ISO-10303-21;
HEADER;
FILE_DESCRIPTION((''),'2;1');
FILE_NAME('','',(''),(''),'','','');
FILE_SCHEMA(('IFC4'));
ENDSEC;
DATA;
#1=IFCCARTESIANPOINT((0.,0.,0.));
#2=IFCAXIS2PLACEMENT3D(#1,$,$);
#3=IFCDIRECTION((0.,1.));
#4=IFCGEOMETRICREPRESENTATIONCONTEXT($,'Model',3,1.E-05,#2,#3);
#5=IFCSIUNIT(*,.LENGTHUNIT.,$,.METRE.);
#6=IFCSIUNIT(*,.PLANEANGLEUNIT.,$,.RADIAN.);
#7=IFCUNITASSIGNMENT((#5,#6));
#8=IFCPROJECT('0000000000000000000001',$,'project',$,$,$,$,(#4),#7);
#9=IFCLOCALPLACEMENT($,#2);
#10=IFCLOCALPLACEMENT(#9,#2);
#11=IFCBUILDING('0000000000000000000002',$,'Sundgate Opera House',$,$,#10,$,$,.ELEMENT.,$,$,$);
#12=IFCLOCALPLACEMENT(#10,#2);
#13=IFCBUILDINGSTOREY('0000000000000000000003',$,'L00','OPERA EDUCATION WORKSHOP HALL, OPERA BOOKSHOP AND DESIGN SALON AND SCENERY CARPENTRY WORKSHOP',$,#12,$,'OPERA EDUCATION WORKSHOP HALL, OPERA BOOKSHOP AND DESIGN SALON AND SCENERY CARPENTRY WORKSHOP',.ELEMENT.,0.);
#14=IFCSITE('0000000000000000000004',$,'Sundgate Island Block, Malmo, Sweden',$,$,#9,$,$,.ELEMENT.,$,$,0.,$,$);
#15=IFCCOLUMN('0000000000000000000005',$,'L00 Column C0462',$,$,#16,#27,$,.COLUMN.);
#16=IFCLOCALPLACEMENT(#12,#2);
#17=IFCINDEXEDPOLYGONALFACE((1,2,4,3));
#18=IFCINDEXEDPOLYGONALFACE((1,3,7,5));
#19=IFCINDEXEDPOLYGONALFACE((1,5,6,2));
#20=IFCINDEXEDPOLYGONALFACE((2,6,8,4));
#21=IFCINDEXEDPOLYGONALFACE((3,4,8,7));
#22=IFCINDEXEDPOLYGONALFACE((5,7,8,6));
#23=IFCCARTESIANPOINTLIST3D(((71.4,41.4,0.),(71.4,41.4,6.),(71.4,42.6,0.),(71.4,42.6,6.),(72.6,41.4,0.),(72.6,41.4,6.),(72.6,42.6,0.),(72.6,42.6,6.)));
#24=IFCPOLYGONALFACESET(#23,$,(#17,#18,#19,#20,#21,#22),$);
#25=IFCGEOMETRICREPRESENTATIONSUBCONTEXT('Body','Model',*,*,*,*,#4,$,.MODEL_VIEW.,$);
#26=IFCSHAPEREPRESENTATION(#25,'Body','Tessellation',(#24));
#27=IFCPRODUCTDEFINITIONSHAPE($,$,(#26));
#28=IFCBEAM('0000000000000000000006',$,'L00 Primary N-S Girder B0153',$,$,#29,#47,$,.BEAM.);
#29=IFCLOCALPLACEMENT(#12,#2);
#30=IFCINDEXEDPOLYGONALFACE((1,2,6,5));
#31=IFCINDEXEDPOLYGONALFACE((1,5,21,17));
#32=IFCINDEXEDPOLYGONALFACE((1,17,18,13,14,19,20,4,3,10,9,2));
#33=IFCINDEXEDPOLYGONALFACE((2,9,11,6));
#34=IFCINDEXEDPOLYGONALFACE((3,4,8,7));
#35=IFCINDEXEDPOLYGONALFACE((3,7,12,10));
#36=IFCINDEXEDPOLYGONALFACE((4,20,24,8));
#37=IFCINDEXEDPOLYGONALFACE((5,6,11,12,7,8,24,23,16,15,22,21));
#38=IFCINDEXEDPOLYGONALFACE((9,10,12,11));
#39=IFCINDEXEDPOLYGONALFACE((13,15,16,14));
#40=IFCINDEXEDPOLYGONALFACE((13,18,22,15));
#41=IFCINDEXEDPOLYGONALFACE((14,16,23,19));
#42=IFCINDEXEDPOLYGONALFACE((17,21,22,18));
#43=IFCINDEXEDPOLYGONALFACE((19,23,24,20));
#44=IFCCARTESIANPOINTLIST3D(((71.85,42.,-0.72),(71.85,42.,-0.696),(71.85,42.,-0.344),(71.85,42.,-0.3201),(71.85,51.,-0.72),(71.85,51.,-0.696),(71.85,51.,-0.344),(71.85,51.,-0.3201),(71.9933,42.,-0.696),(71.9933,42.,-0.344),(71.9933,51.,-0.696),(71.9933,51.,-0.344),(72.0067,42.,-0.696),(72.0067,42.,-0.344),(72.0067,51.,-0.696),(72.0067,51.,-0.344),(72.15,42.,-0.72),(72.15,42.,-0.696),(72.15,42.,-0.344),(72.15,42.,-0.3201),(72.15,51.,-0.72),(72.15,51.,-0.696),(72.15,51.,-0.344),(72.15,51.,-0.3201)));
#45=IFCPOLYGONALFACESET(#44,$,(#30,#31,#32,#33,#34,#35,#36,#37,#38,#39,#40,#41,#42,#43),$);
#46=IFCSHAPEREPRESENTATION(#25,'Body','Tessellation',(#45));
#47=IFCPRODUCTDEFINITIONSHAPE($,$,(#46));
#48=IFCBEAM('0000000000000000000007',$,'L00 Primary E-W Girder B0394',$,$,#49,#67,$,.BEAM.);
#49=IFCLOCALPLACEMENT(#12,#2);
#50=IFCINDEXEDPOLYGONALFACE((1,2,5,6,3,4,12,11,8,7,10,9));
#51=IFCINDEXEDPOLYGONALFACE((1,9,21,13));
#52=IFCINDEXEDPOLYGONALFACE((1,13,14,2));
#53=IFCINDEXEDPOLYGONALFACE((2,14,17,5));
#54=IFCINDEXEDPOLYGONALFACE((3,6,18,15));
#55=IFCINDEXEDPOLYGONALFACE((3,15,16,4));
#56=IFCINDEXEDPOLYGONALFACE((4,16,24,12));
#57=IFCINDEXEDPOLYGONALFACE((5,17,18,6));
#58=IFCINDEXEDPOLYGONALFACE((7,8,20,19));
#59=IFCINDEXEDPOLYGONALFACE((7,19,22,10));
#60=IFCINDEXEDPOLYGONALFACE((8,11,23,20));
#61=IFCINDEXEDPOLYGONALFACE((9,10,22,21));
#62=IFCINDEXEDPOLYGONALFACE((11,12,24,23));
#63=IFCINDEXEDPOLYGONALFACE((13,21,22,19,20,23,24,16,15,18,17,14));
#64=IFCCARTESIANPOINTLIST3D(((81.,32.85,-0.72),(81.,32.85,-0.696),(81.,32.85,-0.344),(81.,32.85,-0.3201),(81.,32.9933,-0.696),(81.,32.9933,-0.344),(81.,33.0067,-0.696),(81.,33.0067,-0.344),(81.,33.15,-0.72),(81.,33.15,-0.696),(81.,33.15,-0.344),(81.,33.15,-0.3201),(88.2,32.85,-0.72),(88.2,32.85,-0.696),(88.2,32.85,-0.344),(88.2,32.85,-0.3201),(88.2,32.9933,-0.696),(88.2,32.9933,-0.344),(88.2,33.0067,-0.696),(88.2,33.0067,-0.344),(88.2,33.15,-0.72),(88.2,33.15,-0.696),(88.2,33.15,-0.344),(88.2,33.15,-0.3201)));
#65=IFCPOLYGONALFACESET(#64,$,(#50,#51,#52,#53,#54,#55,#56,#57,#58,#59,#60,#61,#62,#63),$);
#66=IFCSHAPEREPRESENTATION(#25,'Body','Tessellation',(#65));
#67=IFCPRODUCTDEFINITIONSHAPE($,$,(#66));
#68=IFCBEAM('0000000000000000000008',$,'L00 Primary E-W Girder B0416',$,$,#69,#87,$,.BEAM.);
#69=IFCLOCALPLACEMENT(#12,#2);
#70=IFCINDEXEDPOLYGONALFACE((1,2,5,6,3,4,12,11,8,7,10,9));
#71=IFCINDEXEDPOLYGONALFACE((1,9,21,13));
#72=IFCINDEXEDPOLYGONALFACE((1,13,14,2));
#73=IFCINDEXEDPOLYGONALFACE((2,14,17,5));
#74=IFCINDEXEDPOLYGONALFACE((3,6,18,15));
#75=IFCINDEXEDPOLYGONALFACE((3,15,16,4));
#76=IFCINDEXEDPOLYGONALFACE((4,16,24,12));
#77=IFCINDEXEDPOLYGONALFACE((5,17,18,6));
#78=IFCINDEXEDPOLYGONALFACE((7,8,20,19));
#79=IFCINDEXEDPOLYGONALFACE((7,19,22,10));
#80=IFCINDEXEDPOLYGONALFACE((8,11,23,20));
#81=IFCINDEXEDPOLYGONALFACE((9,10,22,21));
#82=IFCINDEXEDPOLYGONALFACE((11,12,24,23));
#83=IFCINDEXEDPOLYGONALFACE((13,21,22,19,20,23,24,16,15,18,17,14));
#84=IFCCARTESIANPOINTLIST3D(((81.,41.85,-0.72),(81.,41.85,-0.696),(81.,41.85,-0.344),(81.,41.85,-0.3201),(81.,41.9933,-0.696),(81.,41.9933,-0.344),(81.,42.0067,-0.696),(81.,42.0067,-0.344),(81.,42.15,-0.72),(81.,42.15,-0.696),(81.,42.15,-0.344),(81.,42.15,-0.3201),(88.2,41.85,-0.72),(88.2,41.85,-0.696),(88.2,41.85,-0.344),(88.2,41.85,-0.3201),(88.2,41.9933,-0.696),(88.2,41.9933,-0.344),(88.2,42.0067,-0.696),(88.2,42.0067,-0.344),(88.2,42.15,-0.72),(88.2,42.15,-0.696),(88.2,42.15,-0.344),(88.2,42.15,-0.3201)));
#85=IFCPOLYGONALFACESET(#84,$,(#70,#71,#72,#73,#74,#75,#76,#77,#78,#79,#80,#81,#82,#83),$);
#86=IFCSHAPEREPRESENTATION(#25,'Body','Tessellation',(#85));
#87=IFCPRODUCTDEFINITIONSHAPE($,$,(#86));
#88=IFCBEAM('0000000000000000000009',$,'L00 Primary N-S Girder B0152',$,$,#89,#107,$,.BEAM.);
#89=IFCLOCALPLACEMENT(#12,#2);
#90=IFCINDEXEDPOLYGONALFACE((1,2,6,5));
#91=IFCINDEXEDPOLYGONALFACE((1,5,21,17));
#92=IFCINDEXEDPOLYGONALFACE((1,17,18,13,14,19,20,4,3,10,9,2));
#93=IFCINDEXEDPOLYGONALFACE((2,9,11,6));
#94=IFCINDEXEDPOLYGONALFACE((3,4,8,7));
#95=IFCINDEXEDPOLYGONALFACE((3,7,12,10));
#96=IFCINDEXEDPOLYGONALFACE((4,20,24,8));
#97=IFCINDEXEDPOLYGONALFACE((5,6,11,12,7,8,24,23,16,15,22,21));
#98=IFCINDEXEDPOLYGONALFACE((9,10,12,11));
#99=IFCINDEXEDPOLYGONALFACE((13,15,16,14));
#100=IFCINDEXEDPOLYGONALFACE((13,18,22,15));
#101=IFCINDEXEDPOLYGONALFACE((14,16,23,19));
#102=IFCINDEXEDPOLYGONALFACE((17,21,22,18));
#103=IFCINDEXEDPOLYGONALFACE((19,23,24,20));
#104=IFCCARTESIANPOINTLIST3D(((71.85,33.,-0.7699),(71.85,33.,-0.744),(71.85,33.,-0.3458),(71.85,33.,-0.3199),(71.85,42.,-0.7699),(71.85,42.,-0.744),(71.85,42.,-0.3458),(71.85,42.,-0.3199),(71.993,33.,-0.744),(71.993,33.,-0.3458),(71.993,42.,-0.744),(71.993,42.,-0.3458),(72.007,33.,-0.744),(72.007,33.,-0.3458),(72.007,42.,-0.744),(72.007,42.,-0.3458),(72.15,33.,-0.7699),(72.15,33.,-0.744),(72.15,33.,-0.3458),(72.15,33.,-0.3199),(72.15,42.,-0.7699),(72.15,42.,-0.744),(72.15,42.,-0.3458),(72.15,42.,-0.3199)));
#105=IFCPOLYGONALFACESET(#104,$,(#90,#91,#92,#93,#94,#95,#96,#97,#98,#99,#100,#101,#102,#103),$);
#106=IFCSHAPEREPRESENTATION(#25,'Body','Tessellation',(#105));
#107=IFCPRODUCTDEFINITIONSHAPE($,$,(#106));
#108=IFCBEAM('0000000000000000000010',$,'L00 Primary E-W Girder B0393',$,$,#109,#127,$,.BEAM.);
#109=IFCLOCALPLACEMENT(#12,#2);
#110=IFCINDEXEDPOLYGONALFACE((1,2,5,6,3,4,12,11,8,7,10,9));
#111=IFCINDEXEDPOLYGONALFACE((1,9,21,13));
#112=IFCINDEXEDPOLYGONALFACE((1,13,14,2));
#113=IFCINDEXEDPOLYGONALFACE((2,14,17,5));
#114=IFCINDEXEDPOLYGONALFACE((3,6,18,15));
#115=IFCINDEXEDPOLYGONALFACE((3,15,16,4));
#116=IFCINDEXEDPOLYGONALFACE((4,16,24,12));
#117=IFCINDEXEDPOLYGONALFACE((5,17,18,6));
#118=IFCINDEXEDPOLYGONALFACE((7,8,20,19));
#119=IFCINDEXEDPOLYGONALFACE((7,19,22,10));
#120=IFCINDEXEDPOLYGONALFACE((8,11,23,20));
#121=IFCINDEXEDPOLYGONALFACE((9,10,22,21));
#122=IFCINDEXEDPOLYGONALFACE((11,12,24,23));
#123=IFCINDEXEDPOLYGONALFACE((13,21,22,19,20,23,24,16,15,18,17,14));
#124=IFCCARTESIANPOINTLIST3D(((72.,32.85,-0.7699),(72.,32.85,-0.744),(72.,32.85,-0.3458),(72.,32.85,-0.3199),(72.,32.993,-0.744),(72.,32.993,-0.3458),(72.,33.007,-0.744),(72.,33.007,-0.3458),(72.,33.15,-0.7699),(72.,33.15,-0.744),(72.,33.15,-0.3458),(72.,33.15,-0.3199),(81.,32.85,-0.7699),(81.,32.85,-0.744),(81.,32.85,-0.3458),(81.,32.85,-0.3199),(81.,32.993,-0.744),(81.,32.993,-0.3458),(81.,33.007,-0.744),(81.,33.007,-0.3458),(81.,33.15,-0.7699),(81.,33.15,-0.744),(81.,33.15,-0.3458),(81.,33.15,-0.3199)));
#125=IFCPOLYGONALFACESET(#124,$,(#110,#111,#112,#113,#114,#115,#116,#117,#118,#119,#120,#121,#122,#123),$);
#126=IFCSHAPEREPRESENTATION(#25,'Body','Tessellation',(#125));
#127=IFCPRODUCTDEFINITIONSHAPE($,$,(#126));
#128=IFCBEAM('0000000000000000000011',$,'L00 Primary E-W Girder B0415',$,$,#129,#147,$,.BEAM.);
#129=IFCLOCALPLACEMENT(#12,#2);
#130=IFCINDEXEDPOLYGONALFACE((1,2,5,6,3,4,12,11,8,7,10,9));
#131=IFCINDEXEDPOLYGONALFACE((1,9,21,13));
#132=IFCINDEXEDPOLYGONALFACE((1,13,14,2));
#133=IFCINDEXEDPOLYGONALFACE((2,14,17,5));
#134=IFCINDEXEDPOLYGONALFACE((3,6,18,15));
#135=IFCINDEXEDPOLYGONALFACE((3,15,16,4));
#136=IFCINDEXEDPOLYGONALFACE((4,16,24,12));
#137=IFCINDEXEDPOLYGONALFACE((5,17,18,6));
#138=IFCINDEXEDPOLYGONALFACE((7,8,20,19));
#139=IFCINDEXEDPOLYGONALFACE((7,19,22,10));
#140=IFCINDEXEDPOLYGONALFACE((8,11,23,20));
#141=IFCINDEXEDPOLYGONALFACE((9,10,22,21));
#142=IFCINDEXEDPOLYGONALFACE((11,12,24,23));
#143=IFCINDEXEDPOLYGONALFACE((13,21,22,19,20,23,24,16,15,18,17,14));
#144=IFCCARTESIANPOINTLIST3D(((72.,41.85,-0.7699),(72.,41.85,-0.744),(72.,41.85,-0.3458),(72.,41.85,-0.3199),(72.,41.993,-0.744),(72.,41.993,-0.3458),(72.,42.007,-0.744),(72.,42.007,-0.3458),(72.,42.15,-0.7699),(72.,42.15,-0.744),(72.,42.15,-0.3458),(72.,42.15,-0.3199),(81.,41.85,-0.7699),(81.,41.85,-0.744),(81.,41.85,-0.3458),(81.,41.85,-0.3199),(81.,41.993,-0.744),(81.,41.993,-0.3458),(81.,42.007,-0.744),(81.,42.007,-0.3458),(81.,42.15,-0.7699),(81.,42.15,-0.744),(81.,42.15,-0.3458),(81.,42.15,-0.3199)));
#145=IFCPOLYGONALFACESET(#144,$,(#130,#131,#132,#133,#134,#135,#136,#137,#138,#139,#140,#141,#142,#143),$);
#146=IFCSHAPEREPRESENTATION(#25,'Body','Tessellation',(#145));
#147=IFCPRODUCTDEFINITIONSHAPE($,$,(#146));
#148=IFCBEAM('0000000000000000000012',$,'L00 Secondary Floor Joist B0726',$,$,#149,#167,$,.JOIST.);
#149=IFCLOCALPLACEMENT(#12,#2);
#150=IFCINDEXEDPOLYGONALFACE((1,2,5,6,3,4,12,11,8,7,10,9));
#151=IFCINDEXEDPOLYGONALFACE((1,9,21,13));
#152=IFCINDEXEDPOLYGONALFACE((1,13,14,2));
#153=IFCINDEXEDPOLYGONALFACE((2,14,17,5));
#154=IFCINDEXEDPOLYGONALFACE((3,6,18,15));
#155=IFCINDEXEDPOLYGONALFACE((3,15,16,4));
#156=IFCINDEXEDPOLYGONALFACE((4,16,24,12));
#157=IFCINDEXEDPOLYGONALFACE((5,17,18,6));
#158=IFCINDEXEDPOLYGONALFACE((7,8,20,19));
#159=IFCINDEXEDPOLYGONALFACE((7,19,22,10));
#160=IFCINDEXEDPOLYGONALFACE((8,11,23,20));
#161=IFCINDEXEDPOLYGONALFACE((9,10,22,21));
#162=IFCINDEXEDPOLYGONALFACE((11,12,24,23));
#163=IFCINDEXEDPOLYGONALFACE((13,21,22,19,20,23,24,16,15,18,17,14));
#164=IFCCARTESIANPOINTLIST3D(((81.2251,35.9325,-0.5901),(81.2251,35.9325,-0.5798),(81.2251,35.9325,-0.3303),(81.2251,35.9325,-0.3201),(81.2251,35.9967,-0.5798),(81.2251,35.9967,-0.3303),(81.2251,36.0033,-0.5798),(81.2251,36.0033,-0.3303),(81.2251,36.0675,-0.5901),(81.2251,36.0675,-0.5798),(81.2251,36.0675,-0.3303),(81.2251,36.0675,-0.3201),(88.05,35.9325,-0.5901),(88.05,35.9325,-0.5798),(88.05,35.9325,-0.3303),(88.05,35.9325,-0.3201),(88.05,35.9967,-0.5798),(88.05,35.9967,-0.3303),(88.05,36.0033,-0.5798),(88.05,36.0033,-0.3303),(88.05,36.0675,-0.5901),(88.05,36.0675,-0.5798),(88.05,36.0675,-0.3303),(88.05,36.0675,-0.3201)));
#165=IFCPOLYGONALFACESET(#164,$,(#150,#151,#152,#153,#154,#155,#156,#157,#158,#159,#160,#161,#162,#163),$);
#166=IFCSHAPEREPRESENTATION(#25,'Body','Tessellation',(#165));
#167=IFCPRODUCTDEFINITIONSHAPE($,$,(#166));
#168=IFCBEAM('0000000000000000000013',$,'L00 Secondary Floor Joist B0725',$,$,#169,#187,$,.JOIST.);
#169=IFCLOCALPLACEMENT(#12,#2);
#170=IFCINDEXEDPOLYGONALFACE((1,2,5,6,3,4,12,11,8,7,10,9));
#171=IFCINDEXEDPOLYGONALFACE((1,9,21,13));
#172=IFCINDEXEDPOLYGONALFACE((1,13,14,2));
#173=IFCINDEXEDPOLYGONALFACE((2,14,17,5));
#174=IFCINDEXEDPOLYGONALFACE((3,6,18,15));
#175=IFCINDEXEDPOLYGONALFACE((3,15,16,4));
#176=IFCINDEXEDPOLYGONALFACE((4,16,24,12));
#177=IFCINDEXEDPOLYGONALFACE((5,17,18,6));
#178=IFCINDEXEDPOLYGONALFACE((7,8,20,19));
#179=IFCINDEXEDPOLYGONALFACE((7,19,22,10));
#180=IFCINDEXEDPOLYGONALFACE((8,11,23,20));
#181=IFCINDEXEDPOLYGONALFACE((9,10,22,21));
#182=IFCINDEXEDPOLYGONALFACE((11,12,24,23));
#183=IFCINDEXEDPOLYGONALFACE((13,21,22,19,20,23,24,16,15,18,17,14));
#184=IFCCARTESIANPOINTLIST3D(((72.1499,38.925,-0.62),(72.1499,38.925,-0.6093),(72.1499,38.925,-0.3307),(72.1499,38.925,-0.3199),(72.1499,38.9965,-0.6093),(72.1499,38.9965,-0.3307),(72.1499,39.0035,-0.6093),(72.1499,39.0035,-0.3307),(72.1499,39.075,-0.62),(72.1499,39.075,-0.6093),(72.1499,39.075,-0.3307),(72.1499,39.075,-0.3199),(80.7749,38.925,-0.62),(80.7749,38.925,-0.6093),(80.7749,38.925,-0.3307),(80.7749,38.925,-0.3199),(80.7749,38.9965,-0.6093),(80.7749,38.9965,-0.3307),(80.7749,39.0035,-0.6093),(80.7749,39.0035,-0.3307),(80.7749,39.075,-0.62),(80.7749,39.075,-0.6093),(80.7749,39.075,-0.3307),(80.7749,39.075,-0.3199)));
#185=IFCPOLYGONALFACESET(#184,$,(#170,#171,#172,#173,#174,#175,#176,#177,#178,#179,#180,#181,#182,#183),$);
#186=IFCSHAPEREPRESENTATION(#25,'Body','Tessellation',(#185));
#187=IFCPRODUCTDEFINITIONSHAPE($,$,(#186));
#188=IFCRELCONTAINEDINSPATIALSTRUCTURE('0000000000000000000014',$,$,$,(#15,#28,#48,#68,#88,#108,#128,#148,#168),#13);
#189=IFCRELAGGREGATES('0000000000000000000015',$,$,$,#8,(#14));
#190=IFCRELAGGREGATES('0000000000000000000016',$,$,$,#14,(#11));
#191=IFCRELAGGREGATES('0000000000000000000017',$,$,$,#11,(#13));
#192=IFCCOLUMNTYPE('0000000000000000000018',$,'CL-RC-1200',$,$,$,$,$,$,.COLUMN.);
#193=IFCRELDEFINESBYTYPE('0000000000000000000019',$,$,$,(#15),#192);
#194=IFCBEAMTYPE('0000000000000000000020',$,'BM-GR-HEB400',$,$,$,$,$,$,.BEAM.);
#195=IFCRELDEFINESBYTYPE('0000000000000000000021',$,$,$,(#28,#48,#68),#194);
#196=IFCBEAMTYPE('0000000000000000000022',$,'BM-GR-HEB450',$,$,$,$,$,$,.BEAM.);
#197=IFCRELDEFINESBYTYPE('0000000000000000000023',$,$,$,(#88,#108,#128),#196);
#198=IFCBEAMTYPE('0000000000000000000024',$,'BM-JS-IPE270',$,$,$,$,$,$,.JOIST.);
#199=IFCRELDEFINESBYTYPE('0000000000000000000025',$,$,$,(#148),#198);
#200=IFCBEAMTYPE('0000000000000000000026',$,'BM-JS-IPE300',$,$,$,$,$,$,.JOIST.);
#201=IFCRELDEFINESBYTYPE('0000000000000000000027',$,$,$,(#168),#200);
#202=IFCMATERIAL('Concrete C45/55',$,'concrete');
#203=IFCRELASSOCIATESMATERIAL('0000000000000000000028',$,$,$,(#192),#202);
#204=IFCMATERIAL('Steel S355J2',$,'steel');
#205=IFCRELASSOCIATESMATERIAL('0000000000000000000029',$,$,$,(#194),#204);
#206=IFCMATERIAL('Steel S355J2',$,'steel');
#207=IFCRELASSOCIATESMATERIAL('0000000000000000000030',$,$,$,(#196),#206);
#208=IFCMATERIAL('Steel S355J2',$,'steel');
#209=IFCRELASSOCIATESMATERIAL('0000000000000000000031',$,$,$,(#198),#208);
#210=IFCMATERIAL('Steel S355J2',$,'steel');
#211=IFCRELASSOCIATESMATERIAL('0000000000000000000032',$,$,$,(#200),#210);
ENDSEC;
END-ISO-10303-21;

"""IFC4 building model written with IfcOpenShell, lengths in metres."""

from ifc_helpers import new_model, si_unit, direction, frame, origin, origin_2d, place, context, subcontext, project, spatial, rectangle, i_section, extrude, material, material_profile, profile_set, type_object, element, save


model = new_model("IFC4")

# Units and contexts
model_context = context("Model", 3, precision=1e-05, world=origin(), true_north=direction((0.0, 1.0)))
body_context = subcontext(model_context, "Body", "Model", "MODEL_VIEW")
ifc_project = project(units=[si_unit("LENGTHUNIT", "METRE"), si_unit("PLANEANGLEUNIT", "RADIAN")], contexts=[model_context])

# Site, building, storey
site_placement = place(None, origin())
site = spatial("IfcSite", under=ifc_project, at=site_placement, Name="Sundgate Island Block, Malmo, Sweden", CompositionType="ELEMENT", RefElevation=0.0)
building_placement = place(site_placement, origin())
building = spatial("IfcBuilding", under=site, at=building_placement, Name="Sundgate Opera House", CompositionType="ELEMENT")
storey_placement = place(building_placement, origin())
storey = spatial("IfcBuildingStorey", under=building, at=storey_placement, Name="L00", Description="OPERA EDUCATION WORKSHOP HALL, OPERA BOOKSHOP AND DESIGN SALON AND SCENERY CARPENTRY WORKSHOP", LongName="OPERA EDUCATION WORKSHOP HALL, OPERA BOOKSHOP AND DESIGN SALON AND SCENERY CARPENTRY WORKSHOP", CompositionType="ELEMENT", Elevation=0.0)

# Column
ifc_material_1 = material(Name="Concrete C45/55", Category="concrete")
ifc_material_profile_1 = material_profile(ifc_material_1, rectangle(XDim=1.2, YDim=1.2, at=origin_2d()), Name="RC 1200x1200")
ifc_profile_set_1 = profile_set([ifc_material_profile_1], Name="Concrete C45/55")
column_type = type_object("IfcColumnType", Name="CL-RC-1200", PredefinedType="COLUMN", material=ifc_profile_set_1)
column_placement = place(storey_placement, frame((72.0, 42.0, 0.0), z_axis=(0.0, 0.0, 1.0), x_axis=(1.0, 0.0, 0.0)))
element("IfcColumn", 1, at=column_placement, inside=storey, type_object=column_type, Name="L00 Column C0462", PredefinedType="COLUMN", context=body_context, shape_type="SweptSolid", body=[
    extrude(rectangle(XDim=1.2, YDim=1.2, at=origin_2d()), origin(), (0.0, 0.0, 1.0), 6.0),
])

# Beams
ifc_material_2 = material(Name="Steel S355J2", Category="steel")
ifc_material_profile_2 = material_profile(ifc_material_2, i_section(OverallWidth=0.3, OverallDepth=0.3999, WebThickness=0.0134, FlangeThickness=0.0239, at=origin_2d()), Name="HEB 400")
ifc_profile_set_2 = profile_set([ifc_material_profile_2], Name="Steel S355J2")
beam_type_1 = type_object("IfcBeamType", Name="BM-GR-HEB400", PredefinedType="BEAM", material=ifc_profile_set_2)
beam_1_placement = place(storey_placement, frame((72.0, 42.0, -0.52), z_axis=(0.0, 1.0, 0.0), x_axis=(-1.0, 0.0, 0.0)))
element("IfcBeam", 2, at=beam_1_placement, inside=storey, type_object=beam_type_1, Name="L00 Primary N-S Girder B0153", PredefinedType="BEAM", context=body_context, shape_type="SweptSolid", body=[
    extrude(i_section(OverallWidth=0.3, OverallDepth=0.3999, WebThickness=0.0134, FlangeThickness=0.0239, at=origin_2d()), origin(), (0.0, 0.0, 1.0), 9.0),
])
for number, where, z_axis, x_axis, name in (
    (3, (81.0, 33.0, -0.52), (1.0, 0.0, 0.0), (0.0, 1.0, 0.0), "L00 Primary E-W Girder B0394"),
    (4, (81.0, 42.0, -0.52), (1.0, 0.0, 0.0), (0.0, 1.0, 0.0), "L00 Primary E-W Girder B0416"),
):
    element("IfcBeam", number, at=place(storey_placement, frame(where, z_axis=z_axis, x_axis=x_axis)), inside=storey, type_object=beam_type_1, Name=name, PredefinedType="BEAM", context=body_context, shape_type="SweptSolid", body=[
        extrude(i_section(OverallWidth=0.3, OverallDepth=0.3999, WebThickness=0.0134, FlangeThickness=0.0239, at=origin_2d()), origin(), (0.0, 0.0, 1.0), 7.2),
    ])
ifc_material_3 = material(Name="Steel S355J2", Category="steel")
ifc_material_profile_3 = material_profile(ifc_material_3, i_section(OverallWidth=0.3, OverallDepth=0.45, WebThickness=0.0139, FlangeThickness=0.0259, at=origin_2d()), Name="HEB 450")
ifc_profile_set_3 = profile_set([ifc_material_profile_3], Name="Steel S355J2")
beam_type_2 = type_object("IfcBeamType", Name="BM-GR-HEB450", PredefinedType="BEAM", material=ifc_profile_set_3)
for number, where, z_axis, x_axis, name in (
    (5, (72.0, 33.0, -0.5449), (0.0, 1.0, 0.0), (-1.0, 0.0, 0.0), "L00 Primary N-S Girder B0152"),
    (6, (72.0, 33.0, -0.5449), (1.0, 0.0, 0.0), (0.0, 1.0, 0.0), "L00 Primary E-W Girder B0393"),
    (7, (72.0, 42.0, -0.5449), (1.0, 0.0, 0.0), (0.0, 1.0, 0.0), "L00 Primary E-W Girder B0415"),
):
    element("IfcBeam", number, at=place(storey_placement, frame(where, z_axis=z_axis, x_axis=x_axis)), inside=storey, type_object=beam_type_2, Name=name, PredefinedType="BEAM", context=body_context, shape_type="SweptSolid", body=[
        extrude(i_section(OverallWidth=0.3, OverallDepth=0.45, WebThickness=0.0139, FlangeThickness=0.0259, at=origin_2d()), origin(), (0.0, 0.0, 1.0), 9.0),
    ])
ifc_material_4 = material(Name="Steel S355J2", Category="steel")
ifc_material_profile_4 = material_profile(ifc_material_4, i_section(OverallWidth=0.135, OverallDepth=0.27, WebThickness=0.0066, FlangeThickness=0.0103, at=origin_2d()), Name="IPE 270")
ifc_profile_set_4 = profile_set([ifc_material_profile_4], Name="Steel S355J2")
beam_type_3 = type_object("IfcBeamType", Name="BM-JS-IPE270", PredefinedType="JOIST", material=ifc_profile_set_4)
beam_2_placement = place(storey_placement, frame((81.2251, 36.0, -0.4551), z_axis=(1.0, 0.0, 0.0), x_axis=(0.0, 1.0, 0.0)))
element("IfcBeam", 8, at=beam_2_placement, inside=storey, type_object=beam_type_3, Name="L00 Secondary Floor Joist B0726", PredefinedType="JOIST", context=body_context, shape_type="SweptSolid", body=[
    extrude(i_section(OverallWidth=0.135, OverallDepth=0.27, WebThickness=0.0066, FlangeThickness=0.0103, at=origin_2d()), origin(), (0.0, 0.0, 1.0), 6.825),
])
ifc_material_5 = material(Name="Steel S355J2", Category="steel")
ifc_material_profile_5 = material_profile(ifc_material_5, i_section(OverallWidth=0.1499, OverallDepth=0.3, WebThickness=0.0071, FlangeThickness=0.0107, at=origin_2d()), Name="IPE 300")
ifc_profile_set_5 = profile_set([ifc_material_profile_5], Name="Steel S355J2")
beam_type_4 = type_object("IfcBeamType", Name="BM-JS-IPE300", PredefinedType="JOIST", material=ifc_profile_set_5)
beam_3_placement = place(storey_placement, frame((72.1499, 39.0, -0.47), z_axis=(1.0, 0.0, 0.0), x_axis=(0.0, 1.0, 0.0)))
element("IfcBeam", 9, at=beam_3_placement, inside=storey, type_object=beam_type_4, Name="L00 Secondary Floor Joist B0725", PredefinedType="JOIST", context=body_context, shape_type="SweptSolid", body=[
    extrude(i_section(OverallWidth=0.1499, OverallDepth=0.3, WebThickness=0.0071, FlangeThickness=0.0107, at=origin_2d()), origin(), (0.0, 0.0, 1.0), 8.625),
])

save(model, "model.ifc")
